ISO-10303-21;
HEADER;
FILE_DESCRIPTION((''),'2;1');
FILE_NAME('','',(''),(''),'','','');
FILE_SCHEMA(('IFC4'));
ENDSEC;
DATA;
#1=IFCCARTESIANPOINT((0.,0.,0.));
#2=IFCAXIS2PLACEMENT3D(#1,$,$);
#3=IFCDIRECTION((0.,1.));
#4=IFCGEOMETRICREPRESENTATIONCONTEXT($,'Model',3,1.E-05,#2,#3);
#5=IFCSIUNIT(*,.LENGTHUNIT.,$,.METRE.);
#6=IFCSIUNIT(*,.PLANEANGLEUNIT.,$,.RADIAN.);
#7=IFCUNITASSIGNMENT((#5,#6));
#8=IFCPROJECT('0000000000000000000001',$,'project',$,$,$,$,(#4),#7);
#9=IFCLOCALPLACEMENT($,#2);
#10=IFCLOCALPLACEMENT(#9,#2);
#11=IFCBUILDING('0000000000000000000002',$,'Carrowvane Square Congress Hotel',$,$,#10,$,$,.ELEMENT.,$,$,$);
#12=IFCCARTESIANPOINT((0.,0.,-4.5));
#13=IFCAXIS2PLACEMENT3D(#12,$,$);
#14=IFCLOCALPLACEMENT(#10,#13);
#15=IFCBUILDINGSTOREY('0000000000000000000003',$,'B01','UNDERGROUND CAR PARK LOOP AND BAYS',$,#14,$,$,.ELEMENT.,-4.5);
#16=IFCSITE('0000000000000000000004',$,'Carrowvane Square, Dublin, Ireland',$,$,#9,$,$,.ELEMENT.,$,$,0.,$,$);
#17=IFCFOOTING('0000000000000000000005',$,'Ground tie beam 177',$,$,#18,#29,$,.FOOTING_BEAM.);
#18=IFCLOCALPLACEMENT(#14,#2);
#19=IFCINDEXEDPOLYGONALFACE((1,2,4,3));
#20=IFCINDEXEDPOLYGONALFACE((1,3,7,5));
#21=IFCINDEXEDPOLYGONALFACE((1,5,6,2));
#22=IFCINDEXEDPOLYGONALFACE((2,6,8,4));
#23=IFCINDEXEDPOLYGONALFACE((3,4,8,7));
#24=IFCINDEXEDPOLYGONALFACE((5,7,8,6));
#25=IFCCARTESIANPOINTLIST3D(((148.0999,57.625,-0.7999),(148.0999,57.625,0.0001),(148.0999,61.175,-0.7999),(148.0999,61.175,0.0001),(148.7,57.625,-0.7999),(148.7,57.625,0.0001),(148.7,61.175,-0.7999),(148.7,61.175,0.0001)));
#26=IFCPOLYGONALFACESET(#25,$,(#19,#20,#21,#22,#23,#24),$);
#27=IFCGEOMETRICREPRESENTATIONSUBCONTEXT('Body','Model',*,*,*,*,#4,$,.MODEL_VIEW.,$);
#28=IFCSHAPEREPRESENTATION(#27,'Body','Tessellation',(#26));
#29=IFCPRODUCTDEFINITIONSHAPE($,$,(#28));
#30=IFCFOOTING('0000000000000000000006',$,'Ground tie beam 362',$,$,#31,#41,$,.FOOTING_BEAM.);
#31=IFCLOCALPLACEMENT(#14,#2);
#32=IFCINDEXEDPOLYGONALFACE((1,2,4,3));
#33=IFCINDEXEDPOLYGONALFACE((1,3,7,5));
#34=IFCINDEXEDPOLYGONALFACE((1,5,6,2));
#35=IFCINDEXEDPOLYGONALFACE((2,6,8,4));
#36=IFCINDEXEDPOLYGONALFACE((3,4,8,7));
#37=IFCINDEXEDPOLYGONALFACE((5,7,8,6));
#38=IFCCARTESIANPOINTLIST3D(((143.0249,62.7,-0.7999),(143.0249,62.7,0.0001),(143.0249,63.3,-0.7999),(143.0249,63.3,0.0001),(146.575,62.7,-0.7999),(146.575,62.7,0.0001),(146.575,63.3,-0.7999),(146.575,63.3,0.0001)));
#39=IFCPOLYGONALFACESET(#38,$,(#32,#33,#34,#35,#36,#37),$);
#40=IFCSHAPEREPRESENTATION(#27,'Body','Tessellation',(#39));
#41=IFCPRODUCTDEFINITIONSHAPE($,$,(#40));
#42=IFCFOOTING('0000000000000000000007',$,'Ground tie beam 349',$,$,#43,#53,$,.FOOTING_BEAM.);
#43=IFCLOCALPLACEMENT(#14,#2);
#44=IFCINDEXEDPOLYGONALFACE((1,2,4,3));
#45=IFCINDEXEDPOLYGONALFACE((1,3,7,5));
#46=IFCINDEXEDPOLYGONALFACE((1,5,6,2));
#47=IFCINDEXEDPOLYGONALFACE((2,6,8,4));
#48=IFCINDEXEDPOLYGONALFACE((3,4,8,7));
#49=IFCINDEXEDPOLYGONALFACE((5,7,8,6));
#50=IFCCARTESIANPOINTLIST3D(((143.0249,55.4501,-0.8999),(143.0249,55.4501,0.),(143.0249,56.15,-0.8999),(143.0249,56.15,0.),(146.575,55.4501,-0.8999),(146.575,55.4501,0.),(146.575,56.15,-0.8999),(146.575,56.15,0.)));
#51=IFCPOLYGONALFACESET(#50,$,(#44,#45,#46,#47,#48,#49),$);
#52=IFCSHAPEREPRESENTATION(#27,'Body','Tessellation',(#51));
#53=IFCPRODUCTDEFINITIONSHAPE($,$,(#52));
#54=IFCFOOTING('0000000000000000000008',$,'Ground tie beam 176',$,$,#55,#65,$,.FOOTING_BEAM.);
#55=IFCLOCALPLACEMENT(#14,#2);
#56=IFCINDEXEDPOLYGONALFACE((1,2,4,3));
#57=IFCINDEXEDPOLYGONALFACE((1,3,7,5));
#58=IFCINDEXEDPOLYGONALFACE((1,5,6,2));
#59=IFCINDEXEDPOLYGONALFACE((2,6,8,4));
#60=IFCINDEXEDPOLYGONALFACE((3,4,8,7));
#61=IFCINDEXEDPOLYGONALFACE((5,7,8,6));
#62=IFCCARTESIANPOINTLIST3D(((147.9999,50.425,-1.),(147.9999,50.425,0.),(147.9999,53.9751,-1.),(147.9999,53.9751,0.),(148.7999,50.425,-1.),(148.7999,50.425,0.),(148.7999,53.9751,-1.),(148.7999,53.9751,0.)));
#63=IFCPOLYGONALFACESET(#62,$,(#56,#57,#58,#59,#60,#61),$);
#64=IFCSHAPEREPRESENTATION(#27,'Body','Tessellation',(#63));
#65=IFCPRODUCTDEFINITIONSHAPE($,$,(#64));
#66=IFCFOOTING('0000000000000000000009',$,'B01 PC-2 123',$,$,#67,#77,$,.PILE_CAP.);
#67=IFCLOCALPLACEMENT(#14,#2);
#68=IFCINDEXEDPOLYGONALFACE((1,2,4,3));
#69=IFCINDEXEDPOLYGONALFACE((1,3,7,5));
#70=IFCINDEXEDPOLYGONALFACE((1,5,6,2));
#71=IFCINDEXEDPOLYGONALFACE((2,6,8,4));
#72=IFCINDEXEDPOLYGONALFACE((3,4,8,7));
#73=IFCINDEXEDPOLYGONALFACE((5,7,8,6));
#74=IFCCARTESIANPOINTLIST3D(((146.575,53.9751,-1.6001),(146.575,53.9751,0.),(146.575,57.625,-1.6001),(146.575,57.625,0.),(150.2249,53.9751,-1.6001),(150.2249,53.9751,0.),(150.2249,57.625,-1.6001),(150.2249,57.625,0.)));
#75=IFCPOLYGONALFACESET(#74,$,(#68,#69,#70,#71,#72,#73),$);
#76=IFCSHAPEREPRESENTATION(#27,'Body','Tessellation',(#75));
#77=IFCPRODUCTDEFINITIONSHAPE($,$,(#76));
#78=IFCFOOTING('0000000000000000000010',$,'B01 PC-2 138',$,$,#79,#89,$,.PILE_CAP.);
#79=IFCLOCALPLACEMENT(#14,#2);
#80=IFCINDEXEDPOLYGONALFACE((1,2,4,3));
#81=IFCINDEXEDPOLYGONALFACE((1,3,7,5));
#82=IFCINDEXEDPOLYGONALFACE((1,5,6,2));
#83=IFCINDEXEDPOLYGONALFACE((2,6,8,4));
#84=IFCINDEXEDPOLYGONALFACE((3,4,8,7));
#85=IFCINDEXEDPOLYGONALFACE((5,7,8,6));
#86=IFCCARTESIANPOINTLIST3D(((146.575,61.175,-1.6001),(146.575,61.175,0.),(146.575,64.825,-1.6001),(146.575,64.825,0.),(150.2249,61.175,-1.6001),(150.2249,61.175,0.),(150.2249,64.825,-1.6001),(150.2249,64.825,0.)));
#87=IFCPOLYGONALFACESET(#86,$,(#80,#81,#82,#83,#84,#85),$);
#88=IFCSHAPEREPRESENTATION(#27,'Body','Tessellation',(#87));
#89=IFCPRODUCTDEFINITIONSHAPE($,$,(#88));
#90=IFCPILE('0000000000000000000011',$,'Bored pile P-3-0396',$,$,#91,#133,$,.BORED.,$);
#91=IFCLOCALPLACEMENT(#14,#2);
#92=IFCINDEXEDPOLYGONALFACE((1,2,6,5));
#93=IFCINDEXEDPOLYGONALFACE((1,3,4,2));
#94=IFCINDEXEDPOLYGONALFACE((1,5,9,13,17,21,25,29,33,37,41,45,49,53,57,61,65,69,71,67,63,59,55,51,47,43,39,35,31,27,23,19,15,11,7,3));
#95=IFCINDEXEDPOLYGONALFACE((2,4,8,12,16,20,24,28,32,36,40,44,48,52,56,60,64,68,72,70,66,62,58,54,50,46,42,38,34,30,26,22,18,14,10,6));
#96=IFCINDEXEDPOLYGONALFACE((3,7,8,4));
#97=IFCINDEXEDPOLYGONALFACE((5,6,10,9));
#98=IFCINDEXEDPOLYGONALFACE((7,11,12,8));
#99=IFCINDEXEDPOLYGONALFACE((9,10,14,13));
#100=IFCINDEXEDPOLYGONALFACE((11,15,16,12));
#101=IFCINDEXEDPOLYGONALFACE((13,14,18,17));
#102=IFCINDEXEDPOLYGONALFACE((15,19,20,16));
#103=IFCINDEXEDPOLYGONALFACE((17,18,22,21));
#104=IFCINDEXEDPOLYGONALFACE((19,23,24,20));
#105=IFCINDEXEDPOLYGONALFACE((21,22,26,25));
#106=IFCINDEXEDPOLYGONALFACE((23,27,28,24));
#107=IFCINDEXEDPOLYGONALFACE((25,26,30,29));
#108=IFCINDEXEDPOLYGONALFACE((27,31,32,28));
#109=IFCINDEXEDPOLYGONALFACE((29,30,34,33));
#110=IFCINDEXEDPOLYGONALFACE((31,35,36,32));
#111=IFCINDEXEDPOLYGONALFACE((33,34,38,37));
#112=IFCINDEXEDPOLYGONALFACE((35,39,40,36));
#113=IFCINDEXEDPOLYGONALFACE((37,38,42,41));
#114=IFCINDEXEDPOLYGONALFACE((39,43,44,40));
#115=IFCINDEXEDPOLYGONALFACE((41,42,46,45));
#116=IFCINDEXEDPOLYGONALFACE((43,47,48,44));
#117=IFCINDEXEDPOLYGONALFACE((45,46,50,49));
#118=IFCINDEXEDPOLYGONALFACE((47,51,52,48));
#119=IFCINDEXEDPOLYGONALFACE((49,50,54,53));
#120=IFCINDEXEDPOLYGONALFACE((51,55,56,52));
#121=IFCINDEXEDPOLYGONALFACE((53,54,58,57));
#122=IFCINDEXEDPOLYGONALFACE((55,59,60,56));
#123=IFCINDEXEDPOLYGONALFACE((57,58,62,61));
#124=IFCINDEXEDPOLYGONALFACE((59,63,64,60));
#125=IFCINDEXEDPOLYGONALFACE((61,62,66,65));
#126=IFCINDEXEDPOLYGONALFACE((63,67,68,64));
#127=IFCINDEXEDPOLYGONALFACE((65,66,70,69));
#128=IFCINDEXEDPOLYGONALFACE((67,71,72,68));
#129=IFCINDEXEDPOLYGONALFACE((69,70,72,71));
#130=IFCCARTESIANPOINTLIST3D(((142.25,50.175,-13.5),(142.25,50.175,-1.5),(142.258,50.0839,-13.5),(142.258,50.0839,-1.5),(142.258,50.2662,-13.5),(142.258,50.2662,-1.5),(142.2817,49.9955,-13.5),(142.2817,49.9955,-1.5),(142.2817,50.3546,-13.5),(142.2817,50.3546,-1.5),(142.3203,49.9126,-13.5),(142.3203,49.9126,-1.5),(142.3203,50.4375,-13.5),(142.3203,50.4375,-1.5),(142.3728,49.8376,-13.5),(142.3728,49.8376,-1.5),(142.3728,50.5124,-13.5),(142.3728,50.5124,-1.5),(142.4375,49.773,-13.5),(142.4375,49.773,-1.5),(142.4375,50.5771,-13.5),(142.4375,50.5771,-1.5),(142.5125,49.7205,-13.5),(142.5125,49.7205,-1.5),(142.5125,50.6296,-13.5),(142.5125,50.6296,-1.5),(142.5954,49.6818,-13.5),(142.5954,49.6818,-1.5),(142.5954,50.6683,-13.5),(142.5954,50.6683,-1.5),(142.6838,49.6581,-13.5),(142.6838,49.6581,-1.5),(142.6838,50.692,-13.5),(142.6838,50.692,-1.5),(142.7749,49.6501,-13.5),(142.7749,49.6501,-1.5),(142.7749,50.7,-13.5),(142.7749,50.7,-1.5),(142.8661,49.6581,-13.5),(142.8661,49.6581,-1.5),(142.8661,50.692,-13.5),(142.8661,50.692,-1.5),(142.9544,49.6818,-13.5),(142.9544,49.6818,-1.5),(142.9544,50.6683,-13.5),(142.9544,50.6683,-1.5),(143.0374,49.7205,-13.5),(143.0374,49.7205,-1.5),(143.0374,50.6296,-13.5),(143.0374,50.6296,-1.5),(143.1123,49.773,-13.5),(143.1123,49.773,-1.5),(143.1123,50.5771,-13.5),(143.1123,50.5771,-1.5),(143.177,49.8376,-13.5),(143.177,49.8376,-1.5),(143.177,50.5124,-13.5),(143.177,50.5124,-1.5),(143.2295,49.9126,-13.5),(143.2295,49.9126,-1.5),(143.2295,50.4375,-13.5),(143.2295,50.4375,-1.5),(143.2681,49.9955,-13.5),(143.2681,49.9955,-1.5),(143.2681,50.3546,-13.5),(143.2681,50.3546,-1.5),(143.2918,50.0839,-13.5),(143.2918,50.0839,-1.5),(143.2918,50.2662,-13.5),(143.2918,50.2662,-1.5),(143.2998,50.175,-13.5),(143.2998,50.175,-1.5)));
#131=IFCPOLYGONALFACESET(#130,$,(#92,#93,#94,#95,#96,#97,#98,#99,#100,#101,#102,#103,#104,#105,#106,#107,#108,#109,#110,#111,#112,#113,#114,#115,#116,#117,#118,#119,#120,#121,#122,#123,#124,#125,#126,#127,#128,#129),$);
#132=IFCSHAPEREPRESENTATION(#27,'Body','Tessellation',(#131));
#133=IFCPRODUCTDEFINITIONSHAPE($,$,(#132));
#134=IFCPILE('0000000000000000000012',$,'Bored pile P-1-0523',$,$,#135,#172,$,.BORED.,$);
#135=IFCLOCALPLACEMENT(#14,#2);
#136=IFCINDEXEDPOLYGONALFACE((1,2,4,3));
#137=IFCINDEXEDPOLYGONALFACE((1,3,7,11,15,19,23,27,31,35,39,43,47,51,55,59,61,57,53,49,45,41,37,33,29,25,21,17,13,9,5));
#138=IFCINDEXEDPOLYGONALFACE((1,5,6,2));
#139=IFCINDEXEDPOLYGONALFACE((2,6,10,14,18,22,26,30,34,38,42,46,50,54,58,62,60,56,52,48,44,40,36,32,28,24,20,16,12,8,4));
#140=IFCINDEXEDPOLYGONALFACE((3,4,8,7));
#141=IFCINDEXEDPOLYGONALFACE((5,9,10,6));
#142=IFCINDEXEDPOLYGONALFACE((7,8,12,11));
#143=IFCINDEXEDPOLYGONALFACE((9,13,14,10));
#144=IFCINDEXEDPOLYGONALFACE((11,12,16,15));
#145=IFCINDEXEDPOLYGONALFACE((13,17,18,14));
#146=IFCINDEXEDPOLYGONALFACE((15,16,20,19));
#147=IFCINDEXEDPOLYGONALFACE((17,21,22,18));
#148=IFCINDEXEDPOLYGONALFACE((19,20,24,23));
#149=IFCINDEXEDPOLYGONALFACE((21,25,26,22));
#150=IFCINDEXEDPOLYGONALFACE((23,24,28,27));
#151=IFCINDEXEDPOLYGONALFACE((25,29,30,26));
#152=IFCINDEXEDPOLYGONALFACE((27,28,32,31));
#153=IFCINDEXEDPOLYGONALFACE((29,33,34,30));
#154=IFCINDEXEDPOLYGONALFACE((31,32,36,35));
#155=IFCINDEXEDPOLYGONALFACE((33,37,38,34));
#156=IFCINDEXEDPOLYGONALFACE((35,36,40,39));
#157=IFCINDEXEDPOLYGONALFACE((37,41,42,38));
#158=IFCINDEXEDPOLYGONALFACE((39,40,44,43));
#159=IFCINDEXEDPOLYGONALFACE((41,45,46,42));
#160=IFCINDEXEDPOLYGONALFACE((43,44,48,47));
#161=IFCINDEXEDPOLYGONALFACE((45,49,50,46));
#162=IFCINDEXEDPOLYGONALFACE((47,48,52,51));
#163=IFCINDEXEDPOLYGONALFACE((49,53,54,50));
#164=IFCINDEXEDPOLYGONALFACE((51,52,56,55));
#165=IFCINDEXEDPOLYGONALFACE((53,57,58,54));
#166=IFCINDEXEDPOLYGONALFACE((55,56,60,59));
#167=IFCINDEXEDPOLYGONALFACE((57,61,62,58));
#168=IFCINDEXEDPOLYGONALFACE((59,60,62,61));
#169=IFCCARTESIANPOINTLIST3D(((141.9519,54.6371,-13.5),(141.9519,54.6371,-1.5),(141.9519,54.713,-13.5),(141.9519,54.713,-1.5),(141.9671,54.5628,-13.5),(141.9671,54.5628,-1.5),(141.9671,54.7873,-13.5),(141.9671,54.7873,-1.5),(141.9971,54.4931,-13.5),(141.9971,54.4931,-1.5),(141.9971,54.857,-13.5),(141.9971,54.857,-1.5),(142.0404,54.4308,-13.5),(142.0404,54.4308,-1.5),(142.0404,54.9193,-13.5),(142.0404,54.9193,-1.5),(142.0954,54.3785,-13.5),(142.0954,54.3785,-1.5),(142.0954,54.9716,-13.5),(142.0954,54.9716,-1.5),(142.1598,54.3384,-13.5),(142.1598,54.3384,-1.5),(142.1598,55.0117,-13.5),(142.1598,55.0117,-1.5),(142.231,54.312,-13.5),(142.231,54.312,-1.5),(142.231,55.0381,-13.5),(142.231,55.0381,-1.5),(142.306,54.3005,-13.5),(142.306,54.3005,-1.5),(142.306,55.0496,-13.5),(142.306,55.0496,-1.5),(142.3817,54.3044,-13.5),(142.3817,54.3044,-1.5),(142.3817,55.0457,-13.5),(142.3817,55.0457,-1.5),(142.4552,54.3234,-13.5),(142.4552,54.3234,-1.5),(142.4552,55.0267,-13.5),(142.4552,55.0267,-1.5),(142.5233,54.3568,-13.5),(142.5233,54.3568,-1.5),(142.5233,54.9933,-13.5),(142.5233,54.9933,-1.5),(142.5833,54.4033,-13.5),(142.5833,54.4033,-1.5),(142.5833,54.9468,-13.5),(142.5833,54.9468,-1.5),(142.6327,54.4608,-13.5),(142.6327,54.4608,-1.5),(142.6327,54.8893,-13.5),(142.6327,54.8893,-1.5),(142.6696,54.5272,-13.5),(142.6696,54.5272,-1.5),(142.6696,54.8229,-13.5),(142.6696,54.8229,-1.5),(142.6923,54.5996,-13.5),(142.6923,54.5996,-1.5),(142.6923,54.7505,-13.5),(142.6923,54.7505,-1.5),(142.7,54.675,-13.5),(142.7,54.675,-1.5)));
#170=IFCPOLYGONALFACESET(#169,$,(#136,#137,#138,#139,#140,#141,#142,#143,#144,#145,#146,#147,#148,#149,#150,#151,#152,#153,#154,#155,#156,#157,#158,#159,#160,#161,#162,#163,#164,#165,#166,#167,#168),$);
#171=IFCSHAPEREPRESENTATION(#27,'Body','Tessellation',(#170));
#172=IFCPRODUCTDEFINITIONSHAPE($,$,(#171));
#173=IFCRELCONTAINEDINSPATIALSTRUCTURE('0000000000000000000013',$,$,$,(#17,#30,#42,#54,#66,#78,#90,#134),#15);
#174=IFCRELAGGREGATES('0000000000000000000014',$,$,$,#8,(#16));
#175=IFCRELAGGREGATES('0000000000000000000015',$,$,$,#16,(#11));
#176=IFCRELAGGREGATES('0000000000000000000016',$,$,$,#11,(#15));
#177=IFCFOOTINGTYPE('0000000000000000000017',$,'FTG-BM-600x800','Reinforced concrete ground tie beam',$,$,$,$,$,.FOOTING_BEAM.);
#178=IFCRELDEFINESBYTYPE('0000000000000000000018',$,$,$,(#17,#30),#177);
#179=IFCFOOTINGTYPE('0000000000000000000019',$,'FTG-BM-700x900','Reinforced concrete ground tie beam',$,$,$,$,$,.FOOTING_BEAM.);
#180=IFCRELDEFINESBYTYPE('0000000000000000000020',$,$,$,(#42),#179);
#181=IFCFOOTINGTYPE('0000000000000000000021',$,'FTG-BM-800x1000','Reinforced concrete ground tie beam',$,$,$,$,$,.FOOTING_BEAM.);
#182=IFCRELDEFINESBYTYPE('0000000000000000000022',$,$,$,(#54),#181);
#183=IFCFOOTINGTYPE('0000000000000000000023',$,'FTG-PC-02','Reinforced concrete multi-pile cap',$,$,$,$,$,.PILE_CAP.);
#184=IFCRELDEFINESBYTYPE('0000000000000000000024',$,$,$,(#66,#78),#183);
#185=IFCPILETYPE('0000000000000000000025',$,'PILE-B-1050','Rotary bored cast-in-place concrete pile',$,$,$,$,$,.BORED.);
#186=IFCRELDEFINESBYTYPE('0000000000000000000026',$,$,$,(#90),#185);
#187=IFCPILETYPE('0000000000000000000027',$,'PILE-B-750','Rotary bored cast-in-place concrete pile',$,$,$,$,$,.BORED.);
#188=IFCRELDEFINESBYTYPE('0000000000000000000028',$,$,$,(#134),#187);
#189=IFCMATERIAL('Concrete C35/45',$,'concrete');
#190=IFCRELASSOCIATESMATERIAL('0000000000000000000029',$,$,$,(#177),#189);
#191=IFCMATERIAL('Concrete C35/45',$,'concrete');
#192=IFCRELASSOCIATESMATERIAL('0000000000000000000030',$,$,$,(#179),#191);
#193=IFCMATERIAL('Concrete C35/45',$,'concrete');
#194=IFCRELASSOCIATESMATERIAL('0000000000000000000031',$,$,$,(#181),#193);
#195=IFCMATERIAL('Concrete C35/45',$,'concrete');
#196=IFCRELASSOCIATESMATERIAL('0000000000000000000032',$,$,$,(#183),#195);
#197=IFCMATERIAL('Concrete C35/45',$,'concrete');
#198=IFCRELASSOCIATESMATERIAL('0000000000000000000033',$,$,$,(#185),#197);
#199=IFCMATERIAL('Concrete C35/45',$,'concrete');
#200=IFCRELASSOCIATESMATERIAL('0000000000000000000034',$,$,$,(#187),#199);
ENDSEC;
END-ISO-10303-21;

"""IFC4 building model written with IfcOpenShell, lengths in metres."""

from ifc_helpers import new_model, si_unit, direction, frame, origin, origin_2d, place, context, subcontext, project, spatial, rectangle, circle, extrude, material, material_profile, profile_set, type_object, element, save


model = new_model("IFC4")

# Units and contexts
model_context = context("Model", 3, precision=1e-05, world=origin(), true_north=direction((0.0, 1.0)))
body_context = subcontext(model_context, "Body", "Model", "MODEL_VIEW")
ifc_project = project(units=[si_unit("LENGTHUNIT", "METRE"), si_unit("PLANEANGLEUNIT", "RADIAN")], contexts=[model_context])

# Site, building, storey
site_placement = place(None, origin())
site = spatial("IfcSite", under=ifc_project, at=site_placement, Name="Carrowvane Square, Dublin, Ireland", CompositionType="ELEMENT", RefElevation=0.0)
building_placement = place(site_placement, origin())
building = spatial("IfcBuilding", under=site, at=building_placement, Name="Carrowvane Square Congress Hotel", CompositionType="ELEMENT")
storey_placement = place(building_placement, frame((0.0, 0.0, -4.5)))
storey = spatial("IfcBuildingStorey", under=building, at=storey_placement, Name="B01", Description="UNDERGROUND CAR PARK LOOP AND BAYS", CompositionType="ELEMENT", Elevation=-4.5)

# Footings
ifc_material_1 = material(Name="Concrete C35/45", Category="concrete")
ifc_material_profile_1 = material_profile(ifc_material_1, rectangle(XDim=0.6001, YDim=0.8, at=origin_2d()), Name="RC 600x800")
ifc_profile_set_1 = profile_set([ifc_material_profile_1], Name="Concrete C35/45")
footing_type_1 = type_object("IfcFootingType", Name="FTG-BM-600x800", Description="Reinforced concrete ground tie beam", PredefinedType="FOOTING_BEAM", material=ifc_profile_set_1)
for number, where, z_axis, x_axis, name in (
    (1, (148.3999, 57.625, -0.3999), (0.0, 1.0, 0.0), (-1.0, 0.0, 0.0), "Ground tie beam 177"),
    (2, (143.0249, 63.0, -0.3999), (1.0, 0.0, 0.0), (0.0, 1.0, 0.0), "Ground tie beam 362"),
):
    element("IfcFooting", number, at=place(storey_placement, frame(where, z_axis=z_axis, x_axis=x_axis)), inside=storey, type_object=footing_type_1, Name=name, PredefinedType="FOOTING_BEAM", context=body_context, shape_type="SweptSolid", body=[
        extrude(rectangle(XDim=0.6001, YDim=0.8, at=origin_2d()), origin(), (0.0, 0.0, 1.0), 3.55),
    ])
ifc_material_2 = material(Name="Concrete C35/45", Category="concrete")
ifc_material_profile_2 = material_profile(ifc_material_2, rectangle(XDim=0.7, YDim=0.8999, at=origin_2d()), Name="RC 700x900")
ifc_profile_set_2 = profile_set([ifc_material_profile_2], Name="Concrete C35/45")
footing_type_2 = type_object("IfcFootingType", Name="FTG-BM-700x900", Description="Reinforced concrete ground tie beam", PredefinedType="FOOTING_BEAM", material=ifc_profile_set_2)
footing_1_placement = place(storey_placement, frame((143.0249, 55.8, -0.45), z_axis=(1.0, 0.0, 0.0), x_axis=(0.0, 1.0, 0.0)))
element("IfcFooting", 3, at=footing_1_placement, inside=storey, type_object=footing_type_2, Name="Ground tie beam 349", PredefinedType="FOOTING_BEAM", context=body_context, shape_type="SweptSolid", body=[
    extrude(rectangle(XDim=0.7, YDim=0.8999, at=origin_2d()), origin(), (0.0, 0.0, 1.0), 3.55),
])
ifc_material_3 = material(Name="Concrete C35/45", Category="concrete")
ifc_material_profile_3 = material_profile(ifc_material_3, rectangle(XDim=0.8, YDim=1.0, at=origin_2d()), Name="RC 800x1000")
ifc_profile_set_3 = profile_set([ifc_material_profile_3], Name="Concrete C35/45")
footing_type_3 = type_object("IfcFootingType", Name="FTG-BM-800x1000", Description="Reinforced concrete ground tie beam", PredefinedType="FOOTING_BEAM", material=ifc_profile_set_3)
footing_2_placement = place(storey_placement, frame((148.3999, 50.425, -0.5), z_axis=(0.0, 1.0, 0.0), x_axis=(-1.0, 0.0, 0.0)))
element("IfcFooting", 4, at=footing_2_placement, inside=storey, type_object=footing_type_3, Name="Ground tie beam 176", PredefinedType="FOOTING_BEAM", context=body_context, shape_type="SweptSolid", body=[
    extrude(rectangle(XDim=0.8, YDim=1.0, at=origin_2d()), origin(), (0.0, 0.0, 1.0), 3.55),
])
ifc_material_4 = material(Name="Concrete C35/45", Category="concrete")
footing_type_4 = type_object("IfcFootingType", Name="FTG-PC-02", Description="Reinforced concrete multi-pile cap", PredefinedType="PILE_CAP", material=ifc_material_4)
for number, where, z_axis, x_axis, name in (
    (5, (148.3999, 55.8, -1.6001), (0.0, 0.0, 1.0), (1.0, 0.0, 0.0), "B01 PC-2 123"),
    (6, (148.3999, 63.0, -1.6001), (0.0, 0.0, 1.0), (1.0, 0.0, 0.0), "B01 PC-2 138"),
):
    element("IfcFooting", number, at=place(storey_placement, frame(where, z_axis=z_axis, x_axis=x_axis)), inside=storey, type_object=footing_type_4, Name=name, PredefinedType="PILE_CAP", context=body_context, shape_type="SweptSolid", body=[
        extrude(rectangle(XDim=3.6499, YDim=3.6499, at=origin_2d()), origin(), (0.0, 0.0, 1.0), 1.6001),
    ])

# Piles
ifc_material_5 = material(Name="Concrete C35/45", Category="concrete")
ifc_material_profile_4 = material_profile(ifc_material_5, circle(Radius=0.5249, at=origin_2d()), Name="PILE D1050")
ifc_profile_set_4 = profile_set([ifc_material_profile_4], Name="Concrete C35/45")
pile_type_1 = type_object("IfcPileType", Name="PILE-B-1050", Description="Rotary bored cast-in-place concrete pile", PredefinedType="BORED", material=ifc_profile_set_4)
pile_placement = place(storey_placement, frame((142.7749, 50.175, -1.5), z_axis=(0.0, 0.0, -1.0), x_axis=(1.0, 0.0, 0.0)))
element("IfcPile", 7, at=pile_placement, inside=storey, type_object=pile_type_1, Name="Bored pile P-3-0396", PredefinedType="BORED", context=body_context, shape_type="SweptSolid", body=[
    extrude(circle(Radius=0.5249, at=origin_2d()), origin(), (0.0, 0.0, 1.0), 12.0),
])
ifc_material_6 = material(Name="Concrete C35/45", Category="concrete")
ifc_material_profile_5 = material_profile(ifc_material_6, circle(Radius=0.375, at=origin_2d()), Name="PILE D750")
ifc_profile_set_5 = profile_set([ifc_material_profile_5], Name="Concrete C35/45")
pile_type_2 = type_object("IfcPileType", Name="PILE-B-750", Description="Rotary bored cast-in-place concrete pile", PredefinedType="BORED", material=ifc_profile_set_5)
for number, where, z_axis, x_axis, name in (
    (8, (142.325, 54.675, -1.5), (0.0, 0.0, -1.0), (1.0, 0.0, 0.0), "Bored pile P-1-0523"),
):
    element("IfcPile", number, at=place(storey_placement, frame(where, z_axis=z_axis, x_axis=x_axis)), inside=storey, type_object=pile_type_2, Name=name, PredefinedType="BORED", context=body_context, shape_type="SweptSolid", body=[
        extrude(circle(Radius=0.375, at=origin_2d()), origin(), (0.0, 0.0, 1.0), 12.0),
    ])

save(model, "model.ifc")
